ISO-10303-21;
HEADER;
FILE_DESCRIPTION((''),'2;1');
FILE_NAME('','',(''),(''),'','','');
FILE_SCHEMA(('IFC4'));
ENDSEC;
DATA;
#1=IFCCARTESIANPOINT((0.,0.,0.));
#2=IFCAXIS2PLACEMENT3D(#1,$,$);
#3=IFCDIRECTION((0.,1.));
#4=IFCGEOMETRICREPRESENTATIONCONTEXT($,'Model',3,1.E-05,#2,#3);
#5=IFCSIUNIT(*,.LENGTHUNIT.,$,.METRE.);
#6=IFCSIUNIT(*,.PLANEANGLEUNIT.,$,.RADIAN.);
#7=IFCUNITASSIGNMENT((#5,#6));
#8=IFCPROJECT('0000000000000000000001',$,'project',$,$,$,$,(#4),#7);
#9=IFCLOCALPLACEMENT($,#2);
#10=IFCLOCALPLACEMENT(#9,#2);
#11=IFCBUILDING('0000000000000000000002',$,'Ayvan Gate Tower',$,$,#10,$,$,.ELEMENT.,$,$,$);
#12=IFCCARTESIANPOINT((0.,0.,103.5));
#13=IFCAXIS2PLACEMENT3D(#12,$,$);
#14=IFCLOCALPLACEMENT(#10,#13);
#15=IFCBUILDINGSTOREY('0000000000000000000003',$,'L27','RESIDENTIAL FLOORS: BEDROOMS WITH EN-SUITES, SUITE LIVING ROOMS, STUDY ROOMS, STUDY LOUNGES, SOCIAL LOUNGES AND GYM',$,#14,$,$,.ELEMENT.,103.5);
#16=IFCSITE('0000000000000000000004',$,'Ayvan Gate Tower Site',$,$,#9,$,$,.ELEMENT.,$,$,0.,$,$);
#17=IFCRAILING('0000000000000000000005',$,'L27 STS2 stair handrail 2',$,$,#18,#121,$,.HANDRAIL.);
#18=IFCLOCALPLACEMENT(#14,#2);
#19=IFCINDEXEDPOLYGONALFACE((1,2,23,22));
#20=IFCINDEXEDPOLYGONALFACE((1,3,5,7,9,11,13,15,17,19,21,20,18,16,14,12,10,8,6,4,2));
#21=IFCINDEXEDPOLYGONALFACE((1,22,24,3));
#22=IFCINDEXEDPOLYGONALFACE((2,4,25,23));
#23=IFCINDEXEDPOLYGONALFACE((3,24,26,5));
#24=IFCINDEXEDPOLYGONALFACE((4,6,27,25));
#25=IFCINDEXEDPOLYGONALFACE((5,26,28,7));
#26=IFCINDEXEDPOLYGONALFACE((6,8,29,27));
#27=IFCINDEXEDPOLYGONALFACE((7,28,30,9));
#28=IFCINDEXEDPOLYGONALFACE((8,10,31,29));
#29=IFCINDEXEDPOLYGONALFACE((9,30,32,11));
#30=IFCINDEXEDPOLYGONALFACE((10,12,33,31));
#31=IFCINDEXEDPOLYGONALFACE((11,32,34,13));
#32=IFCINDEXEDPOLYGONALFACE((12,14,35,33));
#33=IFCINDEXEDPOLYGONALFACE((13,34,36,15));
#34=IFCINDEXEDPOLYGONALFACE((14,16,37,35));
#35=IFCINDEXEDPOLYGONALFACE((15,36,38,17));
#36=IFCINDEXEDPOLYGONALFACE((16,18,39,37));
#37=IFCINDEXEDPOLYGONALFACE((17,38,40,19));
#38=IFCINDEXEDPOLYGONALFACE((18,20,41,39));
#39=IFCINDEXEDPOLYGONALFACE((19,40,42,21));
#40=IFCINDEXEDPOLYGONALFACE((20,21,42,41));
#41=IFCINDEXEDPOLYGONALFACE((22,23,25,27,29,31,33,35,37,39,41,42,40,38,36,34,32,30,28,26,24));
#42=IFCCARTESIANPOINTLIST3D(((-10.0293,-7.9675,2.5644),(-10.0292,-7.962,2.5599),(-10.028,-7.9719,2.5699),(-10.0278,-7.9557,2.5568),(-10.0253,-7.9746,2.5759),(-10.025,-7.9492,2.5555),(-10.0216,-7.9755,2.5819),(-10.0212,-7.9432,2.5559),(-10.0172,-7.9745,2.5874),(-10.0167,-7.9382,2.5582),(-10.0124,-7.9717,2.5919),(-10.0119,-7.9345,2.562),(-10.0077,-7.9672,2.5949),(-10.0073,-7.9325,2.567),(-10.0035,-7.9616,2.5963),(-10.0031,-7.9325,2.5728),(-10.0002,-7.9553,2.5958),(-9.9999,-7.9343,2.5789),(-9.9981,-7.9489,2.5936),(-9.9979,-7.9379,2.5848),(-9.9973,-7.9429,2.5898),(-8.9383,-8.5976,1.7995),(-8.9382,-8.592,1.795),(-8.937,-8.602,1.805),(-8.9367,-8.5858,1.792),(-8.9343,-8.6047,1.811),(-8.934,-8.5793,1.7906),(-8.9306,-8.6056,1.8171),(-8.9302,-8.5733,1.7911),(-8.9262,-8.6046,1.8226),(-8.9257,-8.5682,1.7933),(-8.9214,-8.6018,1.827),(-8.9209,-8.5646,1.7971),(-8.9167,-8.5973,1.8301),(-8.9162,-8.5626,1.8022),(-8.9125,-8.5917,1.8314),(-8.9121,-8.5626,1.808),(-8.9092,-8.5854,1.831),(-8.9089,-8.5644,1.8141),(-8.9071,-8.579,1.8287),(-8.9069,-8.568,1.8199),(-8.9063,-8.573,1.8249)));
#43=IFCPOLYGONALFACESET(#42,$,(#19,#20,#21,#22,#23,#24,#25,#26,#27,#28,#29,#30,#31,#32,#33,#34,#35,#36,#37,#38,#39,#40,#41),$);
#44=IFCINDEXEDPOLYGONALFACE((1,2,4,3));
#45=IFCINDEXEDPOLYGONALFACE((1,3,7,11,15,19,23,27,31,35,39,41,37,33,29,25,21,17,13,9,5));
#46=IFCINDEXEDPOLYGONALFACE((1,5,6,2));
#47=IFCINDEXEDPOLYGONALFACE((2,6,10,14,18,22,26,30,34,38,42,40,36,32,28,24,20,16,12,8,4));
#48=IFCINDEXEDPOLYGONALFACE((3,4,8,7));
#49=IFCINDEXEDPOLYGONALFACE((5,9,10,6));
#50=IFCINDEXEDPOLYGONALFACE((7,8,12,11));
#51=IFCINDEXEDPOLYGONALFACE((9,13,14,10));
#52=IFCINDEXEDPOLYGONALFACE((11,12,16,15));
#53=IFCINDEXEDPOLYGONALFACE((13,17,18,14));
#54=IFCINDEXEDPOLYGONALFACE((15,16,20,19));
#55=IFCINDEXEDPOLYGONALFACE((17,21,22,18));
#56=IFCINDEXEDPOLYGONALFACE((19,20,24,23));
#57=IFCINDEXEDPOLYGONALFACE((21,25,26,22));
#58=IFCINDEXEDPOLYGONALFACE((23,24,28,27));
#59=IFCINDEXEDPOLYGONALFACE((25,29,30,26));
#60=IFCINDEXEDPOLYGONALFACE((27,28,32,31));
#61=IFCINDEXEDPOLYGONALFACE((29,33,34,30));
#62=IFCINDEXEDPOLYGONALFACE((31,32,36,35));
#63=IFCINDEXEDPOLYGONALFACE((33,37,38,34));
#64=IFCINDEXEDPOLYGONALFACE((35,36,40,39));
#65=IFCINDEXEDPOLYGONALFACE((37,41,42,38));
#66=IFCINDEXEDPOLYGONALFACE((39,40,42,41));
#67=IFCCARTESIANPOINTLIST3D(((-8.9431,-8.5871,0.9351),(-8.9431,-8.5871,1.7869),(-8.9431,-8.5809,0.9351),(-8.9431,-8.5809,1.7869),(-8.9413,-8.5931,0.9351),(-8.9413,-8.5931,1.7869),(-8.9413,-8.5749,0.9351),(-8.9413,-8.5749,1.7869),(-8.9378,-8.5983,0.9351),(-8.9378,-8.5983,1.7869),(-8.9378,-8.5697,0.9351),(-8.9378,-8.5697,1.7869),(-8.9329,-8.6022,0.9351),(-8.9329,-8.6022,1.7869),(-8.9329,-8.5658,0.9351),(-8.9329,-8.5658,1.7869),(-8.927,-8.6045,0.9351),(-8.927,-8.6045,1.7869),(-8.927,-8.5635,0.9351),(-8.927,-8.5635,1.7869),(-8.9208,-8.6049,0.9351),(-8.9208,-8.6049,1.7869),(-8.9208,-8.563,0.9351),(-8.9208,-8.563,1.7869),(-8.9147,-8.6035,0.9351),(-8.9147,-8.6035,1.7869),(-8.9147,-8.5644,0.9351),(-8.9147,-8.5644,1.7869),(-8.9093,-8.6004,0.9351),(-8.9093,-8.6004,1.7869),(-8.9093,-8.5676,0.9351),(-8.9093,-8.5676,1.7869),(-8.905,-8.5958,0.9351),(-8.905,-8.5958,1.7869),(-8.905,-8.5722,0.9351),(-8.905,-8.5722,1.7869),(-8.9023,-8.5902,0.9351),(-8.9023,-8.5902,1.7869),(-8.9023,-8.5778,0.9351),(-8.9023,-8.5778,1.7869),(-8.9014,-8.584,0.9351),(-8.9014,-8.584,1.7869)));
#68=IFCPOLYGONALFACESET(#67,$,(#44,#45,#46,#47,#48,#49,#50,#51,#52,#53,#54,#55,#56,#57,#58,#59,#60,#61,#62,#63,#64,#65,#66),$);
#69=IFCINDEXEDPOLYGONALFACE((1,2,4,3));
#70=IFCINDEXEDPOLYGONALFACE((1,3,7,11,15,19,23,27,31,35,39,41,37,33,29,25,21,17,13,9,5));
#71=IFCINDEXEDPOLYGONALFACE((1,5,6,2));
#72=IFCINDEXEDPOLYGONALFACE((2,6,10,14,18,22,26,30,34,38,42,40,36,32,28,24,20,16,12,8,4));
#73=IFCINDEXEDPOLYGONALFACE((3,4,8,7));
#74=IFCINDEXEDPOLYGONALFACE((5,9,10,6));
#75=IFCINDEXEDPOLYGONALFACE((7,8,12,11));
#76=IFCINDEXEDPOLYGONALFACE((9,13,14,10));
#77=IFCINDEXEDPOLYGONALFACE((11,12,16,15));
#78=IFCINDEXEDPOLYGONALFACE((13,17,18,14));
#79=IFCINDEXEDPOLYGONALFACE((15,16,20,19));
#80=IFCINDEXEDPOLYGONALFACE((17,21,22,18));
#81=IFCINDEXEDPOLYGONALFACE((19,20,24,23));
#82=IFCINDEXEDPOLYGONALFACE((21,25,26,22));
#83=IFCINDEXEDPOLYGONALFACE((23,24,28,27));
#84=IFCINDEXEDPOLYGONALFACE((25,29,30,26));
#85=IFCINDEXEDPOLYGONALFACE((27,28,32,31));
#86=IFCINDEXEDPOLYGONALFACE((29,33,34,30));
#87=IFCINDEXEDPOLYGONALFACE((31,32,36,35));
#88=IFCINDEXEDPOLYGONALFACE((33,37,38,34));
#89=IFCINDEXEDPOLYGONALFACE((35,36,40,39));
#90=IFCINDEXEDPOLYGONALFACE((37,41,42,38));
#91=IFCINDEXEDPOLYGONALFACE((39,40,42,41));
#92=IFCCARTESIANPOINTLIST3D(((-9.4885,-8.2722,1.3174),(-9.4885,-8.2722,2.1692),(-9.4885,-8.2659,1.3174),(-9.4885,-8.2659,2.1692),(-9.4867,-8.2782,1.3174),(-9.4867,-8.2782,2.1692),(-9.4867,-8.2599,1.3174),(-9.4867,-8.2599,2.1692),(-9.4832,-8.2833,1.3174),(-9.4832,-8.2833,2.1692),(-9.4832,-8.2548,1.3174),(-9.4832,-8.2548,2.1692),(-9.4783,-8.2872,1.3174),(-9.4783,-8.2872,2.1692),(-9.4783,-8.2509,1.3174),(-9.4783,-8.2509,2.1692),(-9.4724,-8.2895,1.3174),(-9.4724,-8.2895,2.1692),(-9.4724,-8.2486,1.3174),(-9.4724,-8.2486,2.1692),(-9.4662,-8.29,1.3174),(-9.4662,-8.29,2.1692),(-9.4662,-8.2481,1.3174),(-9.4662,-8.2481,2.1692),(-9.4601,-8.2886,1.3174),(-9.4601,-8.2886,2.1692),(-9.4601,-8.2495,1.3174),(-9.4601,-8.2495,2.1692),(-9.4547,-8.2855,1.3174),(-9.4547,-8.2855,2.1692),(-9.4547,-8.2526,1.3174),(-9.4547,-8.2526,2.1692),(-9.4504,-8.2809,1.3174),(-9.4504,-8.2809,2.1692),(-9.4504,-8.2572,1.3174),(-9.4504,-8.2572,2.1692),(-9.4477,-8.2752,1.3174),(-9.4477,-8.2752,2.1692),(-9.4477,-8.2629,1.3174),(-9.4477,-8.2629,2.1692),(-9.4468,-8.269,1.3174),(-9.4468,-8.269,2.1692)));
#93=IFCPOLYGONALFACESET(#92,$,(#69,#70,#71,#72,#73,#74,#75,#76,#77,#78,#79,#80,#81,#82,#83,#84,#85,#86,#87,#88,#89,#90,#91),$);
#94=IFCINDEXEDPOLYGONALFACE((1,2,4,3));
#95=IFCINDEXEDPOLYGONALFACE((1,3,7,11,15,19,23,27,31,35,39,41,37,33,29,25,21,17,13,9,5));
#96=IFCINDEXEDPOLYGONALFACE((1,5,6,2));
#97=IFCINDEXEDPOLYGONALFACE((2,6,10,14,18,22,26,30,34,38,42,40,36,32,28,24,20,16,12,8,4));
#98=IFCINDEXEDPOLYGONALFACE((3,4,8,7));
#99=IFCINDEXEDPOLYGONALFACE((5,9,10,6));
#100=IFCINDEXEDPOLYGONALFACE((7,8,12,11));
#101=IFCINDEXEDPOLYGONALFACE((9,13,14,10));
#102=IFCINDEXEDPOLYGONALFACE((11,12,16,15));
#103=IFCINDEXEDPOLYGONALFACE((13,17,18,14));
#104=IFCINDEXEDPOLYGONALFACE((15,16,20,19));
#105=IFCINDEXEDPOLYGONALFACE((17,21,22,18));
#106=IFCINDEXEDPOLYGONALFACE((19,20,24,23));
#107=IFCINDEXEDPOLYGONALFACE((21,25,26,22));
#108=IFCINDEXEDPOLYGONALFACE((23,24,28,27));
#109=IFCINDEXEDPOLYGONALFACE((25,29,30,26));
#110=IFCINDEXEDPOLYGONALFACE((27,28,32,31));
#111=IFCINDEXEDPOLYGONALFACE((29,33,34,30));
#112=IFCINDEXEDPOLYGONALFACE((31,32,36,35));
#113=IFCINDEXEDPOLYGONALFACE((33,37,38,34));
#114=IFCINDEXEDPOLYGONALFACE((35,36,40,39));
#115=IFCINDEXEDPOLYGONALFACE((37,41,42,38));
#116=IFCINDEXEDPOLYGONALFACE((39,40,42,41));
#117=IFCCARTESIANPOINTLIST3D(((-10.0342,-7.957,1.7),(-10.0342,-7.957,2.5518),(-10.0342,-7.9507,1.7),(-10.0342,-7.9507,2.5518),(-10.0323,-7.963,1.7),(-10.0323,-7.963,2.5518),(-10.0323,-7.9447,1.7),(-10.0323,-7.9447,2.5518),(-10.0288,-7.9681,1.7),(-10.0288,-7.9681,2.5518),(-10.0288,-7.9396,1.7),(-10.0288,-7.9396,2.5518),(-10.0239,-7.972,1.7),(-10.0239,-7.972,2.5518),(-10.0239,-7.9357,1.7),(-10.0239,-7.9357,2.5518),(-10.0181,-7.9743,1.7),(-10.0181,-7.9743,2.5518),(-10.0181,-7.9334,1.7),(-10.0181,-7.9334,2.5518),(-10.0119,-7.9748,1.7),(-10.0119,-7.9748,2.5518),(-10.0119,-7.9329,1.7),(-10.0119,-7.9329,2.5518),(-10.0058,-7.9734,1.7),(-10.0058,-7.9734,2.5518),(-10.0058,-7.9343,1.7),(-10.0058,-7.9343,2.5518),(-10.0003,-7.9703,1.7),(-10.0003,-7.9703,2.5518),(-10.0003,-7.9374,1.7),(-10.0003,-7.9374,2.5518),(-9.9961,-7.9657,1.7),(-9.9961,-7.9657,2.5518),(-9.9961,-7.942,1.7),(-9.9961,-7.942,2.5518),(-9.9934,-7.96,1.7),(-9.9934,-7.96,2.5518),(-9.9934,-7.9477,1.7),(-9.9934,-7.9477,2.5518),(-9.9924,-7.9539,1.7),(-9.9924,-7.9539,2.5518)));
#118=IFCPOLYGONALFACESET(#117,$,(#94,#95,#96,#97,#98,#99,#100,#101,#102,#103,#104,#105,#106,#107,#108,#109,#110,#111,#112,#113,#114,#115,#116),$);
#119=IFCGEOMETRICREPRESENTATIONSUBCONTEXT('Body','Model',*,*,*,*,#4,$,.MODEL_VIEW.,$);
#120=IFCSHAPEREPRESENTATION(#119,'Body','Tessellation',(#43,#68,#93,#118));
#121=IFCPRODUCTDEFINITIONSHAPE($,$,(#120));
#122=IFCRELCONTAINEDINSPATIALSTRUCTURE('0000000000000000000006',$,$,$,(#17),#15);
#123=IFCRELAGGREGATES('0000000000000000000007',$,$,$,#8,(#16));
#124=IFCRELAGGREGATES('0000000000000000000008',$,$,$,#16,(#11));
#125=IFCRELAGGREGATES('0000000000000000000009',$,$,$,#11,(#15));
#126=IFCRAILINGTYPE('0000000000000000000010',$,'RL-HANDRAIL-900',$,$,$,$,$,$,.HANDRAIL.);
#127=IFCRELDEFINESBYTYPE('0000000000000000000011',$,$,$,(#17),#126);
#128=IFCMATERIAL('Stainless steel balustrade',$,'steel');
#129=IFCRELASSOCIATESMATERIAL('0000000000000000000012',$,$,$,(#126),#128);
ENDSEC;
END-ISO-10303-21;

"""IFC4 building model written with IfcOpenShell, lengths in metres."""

from ifc_helpers import new_model, si_unit, direction, frame, origin, origin_2d, place, context, subcontext, project, spatial, circle, extrude, material, type_object, element, save


model = new_model("IFC4")

# Units and contexts
model_context = context("Model", 3, precision=1e-05, world=origin(), true_north=direction((0.0, 1.0)))
body_context = subcontext(model_context, "Body", "Model", "MODEL_VIEW")
ifc_project = project(units=[si_unit("LENGTHUNIT", "METRE"), si_unit("PLANEANGLEUNIT", "RADIAN")], contexts=[model_context])

# Site, building, storey
site_placement = place(None, origin())
site = spatial("IfcSite", under=ifc_project, at=site_placement, Name="Ayvan Gate Tower Site", CompositionType="ELEMENT", RefElevation=0.0)
building_placement = place(site_placement, origin())
building = spatial("IfcBuilding", under=site, at=building_placement, Name="Ayvan Gate Tower", CompositionType="ELEMENT")
storey_placement = place(building_placement, frame((0.0, 0.0, 103.5)))
storey = spatial("IfcBuildingStorey", under=building, at=storey_placement, Name="L27", Description="RESIDENTIAL FLOORS: BEDROOMS WITH EN-SUITES, SUITE LIVING ROOMS, STUDY ROOMS, STUDY LOUNGES, SOCIAL LOUNGES AND GYM", CompositionType="ELEMENT", Elevation=103.5)

# Railing
ifc_material_1 = material(Name="Stainless steel balustrade", Category="steel")
railing_type_1 = type_object("IfcRailingType", Name="RL-HANDRAIL-900", PredefinedType="HANDRAIL", material=ifc_material_1)
railing_1_placement = place(storey_placement, frame((-8.9224, -8.584, 0.9351)))
element("IfcRailing", 1, at=railing_1_placement, inside=storey, type_object=railing_type_1, Name="L27 STS2 stair handrail 2", PredefinedType="HANDRAIL", context=body_context, shape_type="SweptSolid", body=[
    extrude(circle(Radius=0.0239, at=origin_2d()), frame((0.0, 0.0, 0.876), z_axis=(-0.740229, 0.427508, 0.518939), x_axis=(-0.500119, -0.865956, 0.0)), (0.0, 0.0, 1.0), 1.4739),
    extrude(circle(Radius=0.021, at=origin_2d()), origin(), (0.0, 0.0, 1.0), 0.8518),
    extrude(circle(Radius=0.021, at=origin_2d()), frame((-0.5454, 0.3149, 0.3823)), (0.0, 0.0, 1.0), 0.8518),
    extrude(circle(Radius=0.021, at=origin_2d()), frame((-1.0911, 0.6301, 0.7649)), (0.0, 0.0, 1.0), 0.8518),
])

save(model, "model.ifc")
